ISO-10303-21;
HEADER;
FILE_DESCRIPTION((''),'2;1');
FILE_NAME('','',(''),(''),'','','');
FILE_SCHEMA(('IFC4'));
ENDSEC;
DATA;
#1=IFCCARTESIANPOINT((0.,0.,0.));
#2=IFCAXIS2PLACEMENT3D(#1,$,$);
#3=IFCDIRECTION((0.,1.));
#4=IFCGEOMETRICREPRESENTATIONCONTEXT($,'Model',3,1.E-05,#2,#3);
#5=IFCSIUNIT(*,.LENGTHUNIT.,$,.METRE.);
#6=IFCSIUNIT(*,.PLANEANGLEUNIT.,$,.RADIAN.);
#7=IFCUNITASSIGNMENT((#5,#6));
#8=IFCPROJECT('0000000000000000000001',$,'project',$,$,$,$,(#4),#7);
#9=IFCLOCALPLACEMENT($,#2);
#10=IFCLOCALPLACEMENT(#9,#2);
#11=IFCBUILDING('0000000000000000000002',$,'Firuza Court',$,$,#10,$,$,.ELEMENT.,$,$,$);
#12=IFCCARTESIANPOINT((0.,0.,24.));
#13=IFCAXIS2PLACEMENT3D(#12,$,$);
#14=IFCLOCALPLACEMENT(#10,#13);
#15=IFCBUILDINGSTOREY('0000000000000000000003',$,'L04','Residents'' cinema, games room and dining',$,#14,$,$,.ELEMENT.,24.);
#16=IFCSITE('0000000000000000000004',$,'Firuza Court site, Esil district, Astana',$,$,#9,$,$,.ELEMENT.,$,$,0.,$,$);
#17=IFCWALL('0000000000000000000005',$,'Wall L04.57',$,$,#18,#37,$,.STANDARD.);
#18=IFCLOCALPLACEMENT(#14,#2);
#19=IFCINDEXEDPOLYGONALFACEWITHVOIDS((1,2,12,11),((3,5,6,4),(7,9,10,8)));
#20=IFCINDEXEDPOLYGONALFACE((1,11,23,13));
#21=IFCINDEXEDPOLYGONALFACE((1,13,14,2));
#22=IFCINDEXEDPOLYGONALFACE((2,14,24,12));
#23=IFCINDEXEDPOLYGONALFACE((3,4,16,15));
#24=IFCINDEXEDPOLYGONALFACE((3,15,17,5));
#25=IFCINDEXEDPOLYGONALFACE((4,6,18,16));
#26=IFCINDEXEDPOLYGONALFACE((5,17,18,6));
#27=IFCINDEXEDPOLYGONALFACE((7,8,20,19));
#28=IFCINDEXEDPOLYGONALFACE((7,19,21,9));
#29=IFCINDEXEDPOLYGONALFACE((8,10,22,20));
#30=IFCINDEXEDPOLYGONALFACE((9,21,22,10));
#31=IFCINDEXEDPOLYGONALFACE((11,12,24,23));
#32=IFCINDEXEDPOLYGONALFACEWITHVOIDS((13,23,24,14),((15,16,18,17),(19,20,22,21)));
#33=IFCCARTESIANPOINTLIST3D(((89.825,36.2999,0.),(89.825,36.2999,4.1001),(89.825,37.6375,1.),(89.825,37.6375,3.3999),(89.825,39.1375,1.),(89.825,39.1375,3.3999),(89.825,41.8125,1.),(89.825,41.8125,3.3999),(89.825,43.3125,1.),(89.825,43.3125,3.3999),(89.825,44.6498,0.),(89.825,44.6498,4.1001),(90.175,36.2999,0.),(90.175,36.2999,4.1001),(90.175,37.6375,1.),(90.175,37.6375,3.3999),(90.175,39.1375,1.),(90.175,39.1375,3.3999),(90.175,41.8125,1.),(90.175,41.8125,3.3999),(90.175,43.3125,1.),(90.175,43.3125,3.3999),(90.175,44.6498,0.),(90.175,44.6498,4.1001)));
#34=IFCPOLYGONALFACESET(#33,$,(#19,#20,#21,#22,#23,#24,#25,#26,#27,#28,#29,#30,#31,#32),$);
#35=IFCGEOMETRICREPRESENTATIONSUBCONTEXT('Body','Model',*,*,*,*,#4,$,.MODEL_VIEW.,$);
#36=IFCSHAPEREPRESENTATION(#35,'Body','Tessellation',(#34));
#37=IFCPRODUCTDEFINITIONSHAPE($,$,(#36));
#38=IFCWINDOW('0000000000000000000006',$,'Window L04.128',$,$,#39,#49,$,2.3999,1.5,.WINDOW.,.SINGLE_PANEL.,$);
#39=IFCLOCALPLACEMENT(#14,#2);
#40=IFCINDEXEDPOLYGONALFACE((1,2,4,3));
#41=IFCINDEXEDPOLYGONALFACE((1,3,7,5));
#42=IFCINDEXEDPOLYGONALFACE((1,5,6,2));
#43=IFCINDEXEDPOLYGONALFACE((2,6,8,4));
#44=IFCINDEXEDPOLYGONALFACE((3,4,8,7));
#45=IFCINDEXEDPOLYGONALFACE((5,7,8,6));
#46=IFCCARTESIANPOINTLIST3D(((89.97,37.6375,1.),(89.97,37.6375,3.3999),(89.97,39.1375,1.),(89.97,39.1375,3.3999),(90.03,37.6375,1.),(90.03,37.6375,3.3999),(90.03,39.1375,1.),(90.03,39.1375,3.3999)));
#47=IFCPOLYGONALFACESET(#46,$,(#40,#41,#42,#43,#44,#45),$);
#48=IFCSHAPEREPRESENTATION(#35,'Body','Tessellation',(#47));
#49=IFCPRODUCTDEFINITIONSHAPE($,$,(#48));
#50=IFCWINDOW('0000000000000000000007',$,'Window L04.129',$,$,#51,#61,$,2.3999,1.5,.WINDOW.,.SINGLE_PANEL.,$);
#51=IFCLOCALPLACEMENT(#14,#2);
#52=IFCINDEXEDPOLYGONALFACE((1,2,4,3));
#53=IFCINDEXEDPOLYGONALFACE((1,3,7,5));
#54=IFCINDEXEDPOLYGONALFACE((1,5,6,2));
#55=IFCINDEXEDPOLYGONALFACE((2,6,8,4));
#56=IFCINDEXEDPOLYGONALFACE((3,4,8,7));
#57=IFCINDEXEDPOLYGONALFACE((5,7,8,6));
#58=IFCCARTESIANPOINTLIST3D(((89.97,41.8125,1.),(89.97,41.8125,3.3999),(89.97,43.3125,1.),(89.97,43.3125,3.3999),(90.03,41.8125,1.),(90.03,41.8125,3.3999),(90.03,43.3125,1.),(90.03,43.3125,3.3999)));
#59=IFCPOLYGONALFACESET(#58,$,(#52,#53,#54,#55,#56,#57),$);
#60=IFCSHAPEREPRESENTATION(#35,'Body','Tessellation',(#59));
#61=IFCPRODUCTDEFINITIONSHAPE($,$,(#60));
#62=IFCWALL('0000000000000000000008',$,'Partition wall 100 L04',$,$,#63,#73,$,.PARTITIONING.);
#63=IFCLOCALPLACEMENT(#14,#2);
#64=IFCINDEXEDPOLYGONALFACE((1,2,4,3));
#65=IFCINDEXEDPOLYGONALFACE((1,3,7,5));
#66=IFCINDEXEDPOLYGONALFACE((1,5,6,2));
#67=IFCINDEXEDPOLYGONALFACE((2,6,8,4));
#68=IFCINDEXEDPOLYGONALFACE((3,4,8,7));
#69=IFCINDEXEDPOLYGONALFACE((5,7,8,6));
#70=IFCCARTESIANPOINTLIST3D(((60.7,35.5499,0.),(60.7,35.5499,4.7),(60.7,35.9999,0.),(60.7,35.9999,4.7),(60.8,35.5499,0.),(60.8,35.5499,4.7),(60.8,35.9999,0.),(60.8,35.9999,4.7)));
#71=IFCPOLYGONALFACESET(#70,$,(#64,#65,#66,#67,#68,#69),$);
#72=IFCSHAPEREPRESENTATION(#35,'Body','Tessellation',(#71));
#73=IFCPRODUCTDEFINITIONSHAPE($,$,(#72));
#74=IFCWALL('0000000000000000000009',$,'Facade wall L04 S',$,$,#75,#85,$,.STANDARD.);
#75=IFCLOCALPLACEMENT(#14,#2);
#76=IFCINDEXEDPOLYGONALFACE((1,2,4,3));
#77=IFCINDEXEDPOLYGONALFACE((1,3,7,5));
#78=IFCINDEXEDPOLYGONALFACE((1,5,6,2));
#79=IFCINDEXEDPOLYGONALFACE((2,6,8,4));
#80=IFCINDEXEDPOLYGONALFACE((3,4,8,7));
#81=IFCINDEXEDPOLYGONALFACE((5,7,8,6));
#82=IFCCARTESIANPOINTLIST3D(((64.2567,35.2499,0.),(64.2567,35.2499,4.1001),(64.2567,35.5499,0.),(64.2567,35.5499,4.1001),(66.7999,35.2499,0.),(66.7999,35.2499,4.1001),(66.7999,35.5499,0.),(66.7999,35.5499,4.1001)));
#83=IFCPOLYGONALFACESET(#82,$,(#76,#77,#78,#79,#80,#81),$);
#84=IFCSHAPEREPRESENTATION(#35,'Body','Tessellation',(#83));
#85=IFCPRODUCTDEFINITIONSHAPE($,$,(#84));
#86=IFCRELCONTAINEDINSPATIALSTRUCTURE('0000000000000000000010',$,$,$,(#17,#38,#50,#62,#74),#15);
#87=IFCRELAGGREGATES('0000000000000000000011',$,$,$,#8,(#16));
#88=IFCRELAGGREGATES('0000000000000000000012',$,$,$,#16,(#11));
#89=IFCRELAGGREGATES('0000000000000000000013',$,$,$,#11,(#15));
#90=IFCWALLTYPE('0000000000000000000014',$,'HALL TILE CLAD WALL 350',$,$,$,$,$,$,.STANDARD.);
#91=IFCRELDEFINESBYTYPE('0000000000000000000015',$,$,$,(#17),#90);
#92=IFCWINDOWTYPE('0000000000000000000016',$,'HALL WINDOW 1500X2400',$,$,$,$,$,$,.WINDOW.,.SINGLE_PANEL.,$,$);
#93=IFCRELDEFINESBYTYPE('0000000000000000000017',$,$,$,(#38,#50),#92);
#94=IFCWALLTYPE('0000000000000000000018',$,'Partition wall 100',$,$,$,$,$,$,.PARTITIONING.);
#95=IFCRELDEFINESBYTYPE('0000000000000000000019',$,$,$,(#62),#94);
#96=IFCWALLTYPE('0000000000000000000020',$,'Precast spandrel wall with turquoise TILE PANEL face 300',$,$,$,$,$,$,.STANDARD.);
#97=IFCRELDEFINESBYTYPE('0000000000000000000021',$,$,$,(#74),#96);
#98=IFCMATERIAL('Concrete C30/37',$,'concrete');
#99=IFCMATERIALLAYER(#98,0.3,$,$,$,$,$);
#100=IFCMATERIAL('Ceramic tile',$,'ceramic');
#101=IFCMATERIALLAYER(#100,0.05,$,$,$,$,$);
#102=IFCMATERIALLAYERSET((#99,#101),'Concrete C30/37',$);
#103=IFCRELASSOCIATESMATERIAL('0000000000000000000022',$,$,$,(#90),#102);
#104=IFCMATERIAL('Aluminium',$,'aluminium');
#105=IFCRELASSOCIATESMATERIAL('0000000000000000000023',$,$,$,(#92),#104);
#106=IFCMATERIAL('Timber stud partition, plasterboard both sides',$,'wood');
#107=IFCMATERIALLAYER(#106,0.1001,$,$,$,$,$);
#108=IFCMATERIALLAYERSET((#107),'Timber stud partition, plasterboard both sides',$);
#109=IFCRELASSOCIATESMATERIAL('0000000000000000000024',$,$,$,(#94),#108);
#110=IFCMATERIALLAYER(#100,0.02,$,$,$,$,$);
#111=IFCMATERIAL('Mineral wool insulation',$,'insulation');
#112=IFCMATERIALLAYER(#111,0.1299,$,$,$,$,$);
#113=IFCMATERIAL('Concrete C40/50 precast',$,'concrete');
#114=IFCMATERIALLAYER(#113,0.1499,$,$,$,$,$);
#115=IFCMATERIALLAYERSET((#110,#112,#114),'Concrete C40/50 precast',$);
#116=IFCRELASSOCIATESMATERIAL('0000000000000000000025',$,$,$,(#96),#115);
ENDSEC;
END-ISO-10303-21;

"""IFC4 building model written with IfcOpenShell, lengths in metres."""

from ifc_helpers import new_model, si_unit, direction, frame, frame_2d, origin, place, context, subcontext, project, spatial, rectangle, extrude, material, layer, layer_set, type_object, element, fill, save


model = new_model("IFC4")

# Units and contexts
model_context = context("Model", 3, precision=1e-05, world=origin(), true_north=direction((0.0, 1.0)))
body_context = subcontext(model_context, "Body", "Model", "MODEL_VIEW")
ifc_project = project(units=[si_unit("LENGTHUNIT", "METRE"), si_unit("PLANEANGLEUNIT", "RADIAN")], contexts=[model_context])

# Site, building, storey
site_placement = place(None, origin())
site = spatial("IfcSite", under=ifc_project, at=site_placement, Name="Firuza Court site, Esil district, Astana", CompositionType="ELEMENT", RefElevation=0.0)
building_placement = place(site_placement, origin())
building = spatial("IfcBuilding", under=site, at=building_placement, Name="Firuza Court", CompositionType="ELEMENT")
storey_placement = place(building_placement, frame((0.0, 0.0, 24.0)))
storey = spatial("IfcBuildingStorey", under=building, at=storey_placement, Name="L04", Description="Residents' cinema, games room and dining", CompositionType="ELEMENT", Elevation=24.0)

# Wall, openings, windows
ifc_material_1 = material(Name="Concrete C30/37", Category="concrete")
ifc_layer_1 = layer(ifc_material_1, 0.3)
ifc_material_2 = material(Name="Ceramic tile", Category="ceramic")
ifc_layer_2 = layer(ifc_material_2, 0.05)
ifc_layer_set_1 = layer_set([ifc_layer_1, ifc_layer_2], Name="Concrete C30/37")
wall_type_1 = type_object("IfcWallType", Name="HALL TILE CLAD WALL 350", PredefinedType="STANDARD", material=ifc_layer_set_1)
wall_1_placement = place(storey_placement, frame((90.0, 36.3, 0.0), z_axis=(0.0, 0.0, 1.0), x_axis=(0.0, 1.0, 0.0)))
wall_1 = element("IfcWall", 1, at=wall_1_placement, inside=storey, type_object=wall_type_1, Name="Wall L04.57", PredefinedType="STANDARD", context=body_context, shape_type="SweptSolid", body=[
    extrude(rectangle(XDim=8.3499, YDim=0.3501, at=frame_2d((4.1748, 0.0))), origin(), (0.0, 0.0, 1.0), 4.1001),
])
opening_1_placement = place(wall_1_placement, frame((1.3374, 0.0, 1.0)))
opening_1 = element("IfcOpeningElement", 2, at=opening_1_placement, cuts=wall_1, PredefinedType="OPENING", context=body_context, shape_type="SweptSolid", body=[
    extrude(rectangle(XDim=1.5, YDim=2.3999, at=frame_2d((0.75, 1.2))), frame((0.0, 0.187, 0.0), z_axis=(0.0, -1.0, 0.0), x_axis=(1.0, 0.0, 0.0)), (0.0, 0.0, 1.0), 0.374),
])
opening_2_placement = place(wall_1_placement, frame((5.5125, 0.0, 1.0)))
opening_2 = element("IfcOpeningElement", 3, at=opening_2_placement, cuts=wall_1, PredefinedType="OPENING", context=body_context, shape_type="SweptSolid", body=[
    extrude(rectangle(XDim=1.5, YDim=2.3999, at=frame_2d((0.75, 1.2))), frame((0.0, 0.187, 0.0), z_axis=(0.0, -1.0, 0.0), x_axis=(1.0, 0.0, 0.0)), (0.0, 0.0, 1.0), 0.374),
])
ifc_material_3 = material(Name="Aluminium", Category="aluminium")
window_type = type_object("IfcWindowType", Name="HALL WINDOW 1500X2400", PartitioningType="SINGLE_PANEL", PredefinedType="WINDOW", material=ifc_material_3)
window_1_placement = place(opening_1_placement, origin())
window_1 = element("IfcWindow", 4, at=window_1_placement, inside=storey, type_object=window_type, Name="Window L04.128", OverallHeight=2.3999, OverallWidth=1.5, PartitioningType="SINGLE_PANEL", PredefinedType="WINDOW", context=body_context, shape_type="SweptSolid", body=[
    extrude(rectangle(XDim=1.5, YDim=2.3999, at=frame_2d((0.75, 1.2))), frame((0.0, 0.03, 0.0), z_axis=(0.0, -1.0, 0.0), x_axis=(1.0, 0.0, 0.0)), (0.0, 0.0, 1.0), 0.0601),
])
fill(opening_1, window_1)
window_2_placement = place(opening_2_placement, origin())
window_2 = element("IfcWindow", 5, at=window_2_placement, inside=storey, type_object=window_type, Name="Window L04.129", OverallHeight=2.3999, OverallWidth=1.5, PartitioningType="SINGLE_PANEL", PredefinedType="WINDOW", context=body_context, shape_type="SweptSolid", body=[
    extrude(rectangle(XDim=1.5, YDim=2.3999, at=frame_2d((0.75, 1.2))), frame((0.0, 0.03, 0.0), z_axis=(0.0, -1.0, 0.0), x_axis=(1.0, 0.0, 0.0)), (0.0, 0.0, 1.0), 0.0601),
])
fill(opening_2, window_2)

# Walls
ifc_material_4 = material(Name="Timber stud partition, plasterboard both sides", Category="wood")
ifc_layer_3 = layer(ifc_material_4, 0.1001)
ifc_layer_set_2 = layer_set([ifc_layer_3], Name="Timber stud partition, plasterboard both sides")
wall_type_2 = type_object("IfcWallType", Name="Partition wall 100", PredefinedType="PARTITIONING", material=ifc_layer_set_2)
wall_2_placement = place(storey_placement, frame((60.75, 36.0, 0.0), z_axis=(0.0, 0.0, 1.0), x_axis=(0.0, -1.0, 0.0)))
element("IfcWall", 6, at=wall_2_placement, inside=storey, type_object=wall_type_2, Name="Partition wall 100 L04", PredefinedType="PARTITIONING", context=body_context, shape_type="SweptSolid", body=[
    extrude(rectangle(XDim=0.45, YDim=0.1001, at=frame_2d((0.2251, 0.0))), origin(), (0.0, 0.0, 1.0), 4.7),
])
ifc_layer_4 = layer(ifc_material_2, 0.02)
ifc_material_5 = material(Name="Mineral wool insulation", Category="insulation")
ifc_layer_5 = layer(ifc_material_5, 0.1299)
ifc_material_6 = material(Name="Concrete C40/50 precast", Category="concrete")
ifc_layer_6 = layer(ifc_material_6, 0.1499)
ifc_layer_set_3 = layer_set([ifc_layer_4, ifc_layer_5, ifc_layer_6], Name="Concrete C40/50 precast")
wall_type_3 = type_object("IfcWallType", Name="Precast spandrel wall with turquoise TILE PANEL face 300", PredefinedType="STANDARD", material=ifc_layer_set_3)
wall_3_placement = place(storey_placement, frame((64.2568, 35.3999, 0.0), z_axis=(0.0, 0.0, 1.0), x_axis=(1.0, 0.0, 0.0)))
element("IfcWall", 7, at=wall_3_placement, inside=storey, type_object=wall_type_3, Name="Facade wall L04 S", PredefinedType="STANDARD", context=body_context, shape_type="SweptSolid", body=[
    extrude(rectangle(XDim=2.5432, YDim=0.3, at=frame_2d((1.2715, 0.0))), origin(), (0.0, 0.0, 1.0), 4.1001),
])

save(model, "model.ifc")
